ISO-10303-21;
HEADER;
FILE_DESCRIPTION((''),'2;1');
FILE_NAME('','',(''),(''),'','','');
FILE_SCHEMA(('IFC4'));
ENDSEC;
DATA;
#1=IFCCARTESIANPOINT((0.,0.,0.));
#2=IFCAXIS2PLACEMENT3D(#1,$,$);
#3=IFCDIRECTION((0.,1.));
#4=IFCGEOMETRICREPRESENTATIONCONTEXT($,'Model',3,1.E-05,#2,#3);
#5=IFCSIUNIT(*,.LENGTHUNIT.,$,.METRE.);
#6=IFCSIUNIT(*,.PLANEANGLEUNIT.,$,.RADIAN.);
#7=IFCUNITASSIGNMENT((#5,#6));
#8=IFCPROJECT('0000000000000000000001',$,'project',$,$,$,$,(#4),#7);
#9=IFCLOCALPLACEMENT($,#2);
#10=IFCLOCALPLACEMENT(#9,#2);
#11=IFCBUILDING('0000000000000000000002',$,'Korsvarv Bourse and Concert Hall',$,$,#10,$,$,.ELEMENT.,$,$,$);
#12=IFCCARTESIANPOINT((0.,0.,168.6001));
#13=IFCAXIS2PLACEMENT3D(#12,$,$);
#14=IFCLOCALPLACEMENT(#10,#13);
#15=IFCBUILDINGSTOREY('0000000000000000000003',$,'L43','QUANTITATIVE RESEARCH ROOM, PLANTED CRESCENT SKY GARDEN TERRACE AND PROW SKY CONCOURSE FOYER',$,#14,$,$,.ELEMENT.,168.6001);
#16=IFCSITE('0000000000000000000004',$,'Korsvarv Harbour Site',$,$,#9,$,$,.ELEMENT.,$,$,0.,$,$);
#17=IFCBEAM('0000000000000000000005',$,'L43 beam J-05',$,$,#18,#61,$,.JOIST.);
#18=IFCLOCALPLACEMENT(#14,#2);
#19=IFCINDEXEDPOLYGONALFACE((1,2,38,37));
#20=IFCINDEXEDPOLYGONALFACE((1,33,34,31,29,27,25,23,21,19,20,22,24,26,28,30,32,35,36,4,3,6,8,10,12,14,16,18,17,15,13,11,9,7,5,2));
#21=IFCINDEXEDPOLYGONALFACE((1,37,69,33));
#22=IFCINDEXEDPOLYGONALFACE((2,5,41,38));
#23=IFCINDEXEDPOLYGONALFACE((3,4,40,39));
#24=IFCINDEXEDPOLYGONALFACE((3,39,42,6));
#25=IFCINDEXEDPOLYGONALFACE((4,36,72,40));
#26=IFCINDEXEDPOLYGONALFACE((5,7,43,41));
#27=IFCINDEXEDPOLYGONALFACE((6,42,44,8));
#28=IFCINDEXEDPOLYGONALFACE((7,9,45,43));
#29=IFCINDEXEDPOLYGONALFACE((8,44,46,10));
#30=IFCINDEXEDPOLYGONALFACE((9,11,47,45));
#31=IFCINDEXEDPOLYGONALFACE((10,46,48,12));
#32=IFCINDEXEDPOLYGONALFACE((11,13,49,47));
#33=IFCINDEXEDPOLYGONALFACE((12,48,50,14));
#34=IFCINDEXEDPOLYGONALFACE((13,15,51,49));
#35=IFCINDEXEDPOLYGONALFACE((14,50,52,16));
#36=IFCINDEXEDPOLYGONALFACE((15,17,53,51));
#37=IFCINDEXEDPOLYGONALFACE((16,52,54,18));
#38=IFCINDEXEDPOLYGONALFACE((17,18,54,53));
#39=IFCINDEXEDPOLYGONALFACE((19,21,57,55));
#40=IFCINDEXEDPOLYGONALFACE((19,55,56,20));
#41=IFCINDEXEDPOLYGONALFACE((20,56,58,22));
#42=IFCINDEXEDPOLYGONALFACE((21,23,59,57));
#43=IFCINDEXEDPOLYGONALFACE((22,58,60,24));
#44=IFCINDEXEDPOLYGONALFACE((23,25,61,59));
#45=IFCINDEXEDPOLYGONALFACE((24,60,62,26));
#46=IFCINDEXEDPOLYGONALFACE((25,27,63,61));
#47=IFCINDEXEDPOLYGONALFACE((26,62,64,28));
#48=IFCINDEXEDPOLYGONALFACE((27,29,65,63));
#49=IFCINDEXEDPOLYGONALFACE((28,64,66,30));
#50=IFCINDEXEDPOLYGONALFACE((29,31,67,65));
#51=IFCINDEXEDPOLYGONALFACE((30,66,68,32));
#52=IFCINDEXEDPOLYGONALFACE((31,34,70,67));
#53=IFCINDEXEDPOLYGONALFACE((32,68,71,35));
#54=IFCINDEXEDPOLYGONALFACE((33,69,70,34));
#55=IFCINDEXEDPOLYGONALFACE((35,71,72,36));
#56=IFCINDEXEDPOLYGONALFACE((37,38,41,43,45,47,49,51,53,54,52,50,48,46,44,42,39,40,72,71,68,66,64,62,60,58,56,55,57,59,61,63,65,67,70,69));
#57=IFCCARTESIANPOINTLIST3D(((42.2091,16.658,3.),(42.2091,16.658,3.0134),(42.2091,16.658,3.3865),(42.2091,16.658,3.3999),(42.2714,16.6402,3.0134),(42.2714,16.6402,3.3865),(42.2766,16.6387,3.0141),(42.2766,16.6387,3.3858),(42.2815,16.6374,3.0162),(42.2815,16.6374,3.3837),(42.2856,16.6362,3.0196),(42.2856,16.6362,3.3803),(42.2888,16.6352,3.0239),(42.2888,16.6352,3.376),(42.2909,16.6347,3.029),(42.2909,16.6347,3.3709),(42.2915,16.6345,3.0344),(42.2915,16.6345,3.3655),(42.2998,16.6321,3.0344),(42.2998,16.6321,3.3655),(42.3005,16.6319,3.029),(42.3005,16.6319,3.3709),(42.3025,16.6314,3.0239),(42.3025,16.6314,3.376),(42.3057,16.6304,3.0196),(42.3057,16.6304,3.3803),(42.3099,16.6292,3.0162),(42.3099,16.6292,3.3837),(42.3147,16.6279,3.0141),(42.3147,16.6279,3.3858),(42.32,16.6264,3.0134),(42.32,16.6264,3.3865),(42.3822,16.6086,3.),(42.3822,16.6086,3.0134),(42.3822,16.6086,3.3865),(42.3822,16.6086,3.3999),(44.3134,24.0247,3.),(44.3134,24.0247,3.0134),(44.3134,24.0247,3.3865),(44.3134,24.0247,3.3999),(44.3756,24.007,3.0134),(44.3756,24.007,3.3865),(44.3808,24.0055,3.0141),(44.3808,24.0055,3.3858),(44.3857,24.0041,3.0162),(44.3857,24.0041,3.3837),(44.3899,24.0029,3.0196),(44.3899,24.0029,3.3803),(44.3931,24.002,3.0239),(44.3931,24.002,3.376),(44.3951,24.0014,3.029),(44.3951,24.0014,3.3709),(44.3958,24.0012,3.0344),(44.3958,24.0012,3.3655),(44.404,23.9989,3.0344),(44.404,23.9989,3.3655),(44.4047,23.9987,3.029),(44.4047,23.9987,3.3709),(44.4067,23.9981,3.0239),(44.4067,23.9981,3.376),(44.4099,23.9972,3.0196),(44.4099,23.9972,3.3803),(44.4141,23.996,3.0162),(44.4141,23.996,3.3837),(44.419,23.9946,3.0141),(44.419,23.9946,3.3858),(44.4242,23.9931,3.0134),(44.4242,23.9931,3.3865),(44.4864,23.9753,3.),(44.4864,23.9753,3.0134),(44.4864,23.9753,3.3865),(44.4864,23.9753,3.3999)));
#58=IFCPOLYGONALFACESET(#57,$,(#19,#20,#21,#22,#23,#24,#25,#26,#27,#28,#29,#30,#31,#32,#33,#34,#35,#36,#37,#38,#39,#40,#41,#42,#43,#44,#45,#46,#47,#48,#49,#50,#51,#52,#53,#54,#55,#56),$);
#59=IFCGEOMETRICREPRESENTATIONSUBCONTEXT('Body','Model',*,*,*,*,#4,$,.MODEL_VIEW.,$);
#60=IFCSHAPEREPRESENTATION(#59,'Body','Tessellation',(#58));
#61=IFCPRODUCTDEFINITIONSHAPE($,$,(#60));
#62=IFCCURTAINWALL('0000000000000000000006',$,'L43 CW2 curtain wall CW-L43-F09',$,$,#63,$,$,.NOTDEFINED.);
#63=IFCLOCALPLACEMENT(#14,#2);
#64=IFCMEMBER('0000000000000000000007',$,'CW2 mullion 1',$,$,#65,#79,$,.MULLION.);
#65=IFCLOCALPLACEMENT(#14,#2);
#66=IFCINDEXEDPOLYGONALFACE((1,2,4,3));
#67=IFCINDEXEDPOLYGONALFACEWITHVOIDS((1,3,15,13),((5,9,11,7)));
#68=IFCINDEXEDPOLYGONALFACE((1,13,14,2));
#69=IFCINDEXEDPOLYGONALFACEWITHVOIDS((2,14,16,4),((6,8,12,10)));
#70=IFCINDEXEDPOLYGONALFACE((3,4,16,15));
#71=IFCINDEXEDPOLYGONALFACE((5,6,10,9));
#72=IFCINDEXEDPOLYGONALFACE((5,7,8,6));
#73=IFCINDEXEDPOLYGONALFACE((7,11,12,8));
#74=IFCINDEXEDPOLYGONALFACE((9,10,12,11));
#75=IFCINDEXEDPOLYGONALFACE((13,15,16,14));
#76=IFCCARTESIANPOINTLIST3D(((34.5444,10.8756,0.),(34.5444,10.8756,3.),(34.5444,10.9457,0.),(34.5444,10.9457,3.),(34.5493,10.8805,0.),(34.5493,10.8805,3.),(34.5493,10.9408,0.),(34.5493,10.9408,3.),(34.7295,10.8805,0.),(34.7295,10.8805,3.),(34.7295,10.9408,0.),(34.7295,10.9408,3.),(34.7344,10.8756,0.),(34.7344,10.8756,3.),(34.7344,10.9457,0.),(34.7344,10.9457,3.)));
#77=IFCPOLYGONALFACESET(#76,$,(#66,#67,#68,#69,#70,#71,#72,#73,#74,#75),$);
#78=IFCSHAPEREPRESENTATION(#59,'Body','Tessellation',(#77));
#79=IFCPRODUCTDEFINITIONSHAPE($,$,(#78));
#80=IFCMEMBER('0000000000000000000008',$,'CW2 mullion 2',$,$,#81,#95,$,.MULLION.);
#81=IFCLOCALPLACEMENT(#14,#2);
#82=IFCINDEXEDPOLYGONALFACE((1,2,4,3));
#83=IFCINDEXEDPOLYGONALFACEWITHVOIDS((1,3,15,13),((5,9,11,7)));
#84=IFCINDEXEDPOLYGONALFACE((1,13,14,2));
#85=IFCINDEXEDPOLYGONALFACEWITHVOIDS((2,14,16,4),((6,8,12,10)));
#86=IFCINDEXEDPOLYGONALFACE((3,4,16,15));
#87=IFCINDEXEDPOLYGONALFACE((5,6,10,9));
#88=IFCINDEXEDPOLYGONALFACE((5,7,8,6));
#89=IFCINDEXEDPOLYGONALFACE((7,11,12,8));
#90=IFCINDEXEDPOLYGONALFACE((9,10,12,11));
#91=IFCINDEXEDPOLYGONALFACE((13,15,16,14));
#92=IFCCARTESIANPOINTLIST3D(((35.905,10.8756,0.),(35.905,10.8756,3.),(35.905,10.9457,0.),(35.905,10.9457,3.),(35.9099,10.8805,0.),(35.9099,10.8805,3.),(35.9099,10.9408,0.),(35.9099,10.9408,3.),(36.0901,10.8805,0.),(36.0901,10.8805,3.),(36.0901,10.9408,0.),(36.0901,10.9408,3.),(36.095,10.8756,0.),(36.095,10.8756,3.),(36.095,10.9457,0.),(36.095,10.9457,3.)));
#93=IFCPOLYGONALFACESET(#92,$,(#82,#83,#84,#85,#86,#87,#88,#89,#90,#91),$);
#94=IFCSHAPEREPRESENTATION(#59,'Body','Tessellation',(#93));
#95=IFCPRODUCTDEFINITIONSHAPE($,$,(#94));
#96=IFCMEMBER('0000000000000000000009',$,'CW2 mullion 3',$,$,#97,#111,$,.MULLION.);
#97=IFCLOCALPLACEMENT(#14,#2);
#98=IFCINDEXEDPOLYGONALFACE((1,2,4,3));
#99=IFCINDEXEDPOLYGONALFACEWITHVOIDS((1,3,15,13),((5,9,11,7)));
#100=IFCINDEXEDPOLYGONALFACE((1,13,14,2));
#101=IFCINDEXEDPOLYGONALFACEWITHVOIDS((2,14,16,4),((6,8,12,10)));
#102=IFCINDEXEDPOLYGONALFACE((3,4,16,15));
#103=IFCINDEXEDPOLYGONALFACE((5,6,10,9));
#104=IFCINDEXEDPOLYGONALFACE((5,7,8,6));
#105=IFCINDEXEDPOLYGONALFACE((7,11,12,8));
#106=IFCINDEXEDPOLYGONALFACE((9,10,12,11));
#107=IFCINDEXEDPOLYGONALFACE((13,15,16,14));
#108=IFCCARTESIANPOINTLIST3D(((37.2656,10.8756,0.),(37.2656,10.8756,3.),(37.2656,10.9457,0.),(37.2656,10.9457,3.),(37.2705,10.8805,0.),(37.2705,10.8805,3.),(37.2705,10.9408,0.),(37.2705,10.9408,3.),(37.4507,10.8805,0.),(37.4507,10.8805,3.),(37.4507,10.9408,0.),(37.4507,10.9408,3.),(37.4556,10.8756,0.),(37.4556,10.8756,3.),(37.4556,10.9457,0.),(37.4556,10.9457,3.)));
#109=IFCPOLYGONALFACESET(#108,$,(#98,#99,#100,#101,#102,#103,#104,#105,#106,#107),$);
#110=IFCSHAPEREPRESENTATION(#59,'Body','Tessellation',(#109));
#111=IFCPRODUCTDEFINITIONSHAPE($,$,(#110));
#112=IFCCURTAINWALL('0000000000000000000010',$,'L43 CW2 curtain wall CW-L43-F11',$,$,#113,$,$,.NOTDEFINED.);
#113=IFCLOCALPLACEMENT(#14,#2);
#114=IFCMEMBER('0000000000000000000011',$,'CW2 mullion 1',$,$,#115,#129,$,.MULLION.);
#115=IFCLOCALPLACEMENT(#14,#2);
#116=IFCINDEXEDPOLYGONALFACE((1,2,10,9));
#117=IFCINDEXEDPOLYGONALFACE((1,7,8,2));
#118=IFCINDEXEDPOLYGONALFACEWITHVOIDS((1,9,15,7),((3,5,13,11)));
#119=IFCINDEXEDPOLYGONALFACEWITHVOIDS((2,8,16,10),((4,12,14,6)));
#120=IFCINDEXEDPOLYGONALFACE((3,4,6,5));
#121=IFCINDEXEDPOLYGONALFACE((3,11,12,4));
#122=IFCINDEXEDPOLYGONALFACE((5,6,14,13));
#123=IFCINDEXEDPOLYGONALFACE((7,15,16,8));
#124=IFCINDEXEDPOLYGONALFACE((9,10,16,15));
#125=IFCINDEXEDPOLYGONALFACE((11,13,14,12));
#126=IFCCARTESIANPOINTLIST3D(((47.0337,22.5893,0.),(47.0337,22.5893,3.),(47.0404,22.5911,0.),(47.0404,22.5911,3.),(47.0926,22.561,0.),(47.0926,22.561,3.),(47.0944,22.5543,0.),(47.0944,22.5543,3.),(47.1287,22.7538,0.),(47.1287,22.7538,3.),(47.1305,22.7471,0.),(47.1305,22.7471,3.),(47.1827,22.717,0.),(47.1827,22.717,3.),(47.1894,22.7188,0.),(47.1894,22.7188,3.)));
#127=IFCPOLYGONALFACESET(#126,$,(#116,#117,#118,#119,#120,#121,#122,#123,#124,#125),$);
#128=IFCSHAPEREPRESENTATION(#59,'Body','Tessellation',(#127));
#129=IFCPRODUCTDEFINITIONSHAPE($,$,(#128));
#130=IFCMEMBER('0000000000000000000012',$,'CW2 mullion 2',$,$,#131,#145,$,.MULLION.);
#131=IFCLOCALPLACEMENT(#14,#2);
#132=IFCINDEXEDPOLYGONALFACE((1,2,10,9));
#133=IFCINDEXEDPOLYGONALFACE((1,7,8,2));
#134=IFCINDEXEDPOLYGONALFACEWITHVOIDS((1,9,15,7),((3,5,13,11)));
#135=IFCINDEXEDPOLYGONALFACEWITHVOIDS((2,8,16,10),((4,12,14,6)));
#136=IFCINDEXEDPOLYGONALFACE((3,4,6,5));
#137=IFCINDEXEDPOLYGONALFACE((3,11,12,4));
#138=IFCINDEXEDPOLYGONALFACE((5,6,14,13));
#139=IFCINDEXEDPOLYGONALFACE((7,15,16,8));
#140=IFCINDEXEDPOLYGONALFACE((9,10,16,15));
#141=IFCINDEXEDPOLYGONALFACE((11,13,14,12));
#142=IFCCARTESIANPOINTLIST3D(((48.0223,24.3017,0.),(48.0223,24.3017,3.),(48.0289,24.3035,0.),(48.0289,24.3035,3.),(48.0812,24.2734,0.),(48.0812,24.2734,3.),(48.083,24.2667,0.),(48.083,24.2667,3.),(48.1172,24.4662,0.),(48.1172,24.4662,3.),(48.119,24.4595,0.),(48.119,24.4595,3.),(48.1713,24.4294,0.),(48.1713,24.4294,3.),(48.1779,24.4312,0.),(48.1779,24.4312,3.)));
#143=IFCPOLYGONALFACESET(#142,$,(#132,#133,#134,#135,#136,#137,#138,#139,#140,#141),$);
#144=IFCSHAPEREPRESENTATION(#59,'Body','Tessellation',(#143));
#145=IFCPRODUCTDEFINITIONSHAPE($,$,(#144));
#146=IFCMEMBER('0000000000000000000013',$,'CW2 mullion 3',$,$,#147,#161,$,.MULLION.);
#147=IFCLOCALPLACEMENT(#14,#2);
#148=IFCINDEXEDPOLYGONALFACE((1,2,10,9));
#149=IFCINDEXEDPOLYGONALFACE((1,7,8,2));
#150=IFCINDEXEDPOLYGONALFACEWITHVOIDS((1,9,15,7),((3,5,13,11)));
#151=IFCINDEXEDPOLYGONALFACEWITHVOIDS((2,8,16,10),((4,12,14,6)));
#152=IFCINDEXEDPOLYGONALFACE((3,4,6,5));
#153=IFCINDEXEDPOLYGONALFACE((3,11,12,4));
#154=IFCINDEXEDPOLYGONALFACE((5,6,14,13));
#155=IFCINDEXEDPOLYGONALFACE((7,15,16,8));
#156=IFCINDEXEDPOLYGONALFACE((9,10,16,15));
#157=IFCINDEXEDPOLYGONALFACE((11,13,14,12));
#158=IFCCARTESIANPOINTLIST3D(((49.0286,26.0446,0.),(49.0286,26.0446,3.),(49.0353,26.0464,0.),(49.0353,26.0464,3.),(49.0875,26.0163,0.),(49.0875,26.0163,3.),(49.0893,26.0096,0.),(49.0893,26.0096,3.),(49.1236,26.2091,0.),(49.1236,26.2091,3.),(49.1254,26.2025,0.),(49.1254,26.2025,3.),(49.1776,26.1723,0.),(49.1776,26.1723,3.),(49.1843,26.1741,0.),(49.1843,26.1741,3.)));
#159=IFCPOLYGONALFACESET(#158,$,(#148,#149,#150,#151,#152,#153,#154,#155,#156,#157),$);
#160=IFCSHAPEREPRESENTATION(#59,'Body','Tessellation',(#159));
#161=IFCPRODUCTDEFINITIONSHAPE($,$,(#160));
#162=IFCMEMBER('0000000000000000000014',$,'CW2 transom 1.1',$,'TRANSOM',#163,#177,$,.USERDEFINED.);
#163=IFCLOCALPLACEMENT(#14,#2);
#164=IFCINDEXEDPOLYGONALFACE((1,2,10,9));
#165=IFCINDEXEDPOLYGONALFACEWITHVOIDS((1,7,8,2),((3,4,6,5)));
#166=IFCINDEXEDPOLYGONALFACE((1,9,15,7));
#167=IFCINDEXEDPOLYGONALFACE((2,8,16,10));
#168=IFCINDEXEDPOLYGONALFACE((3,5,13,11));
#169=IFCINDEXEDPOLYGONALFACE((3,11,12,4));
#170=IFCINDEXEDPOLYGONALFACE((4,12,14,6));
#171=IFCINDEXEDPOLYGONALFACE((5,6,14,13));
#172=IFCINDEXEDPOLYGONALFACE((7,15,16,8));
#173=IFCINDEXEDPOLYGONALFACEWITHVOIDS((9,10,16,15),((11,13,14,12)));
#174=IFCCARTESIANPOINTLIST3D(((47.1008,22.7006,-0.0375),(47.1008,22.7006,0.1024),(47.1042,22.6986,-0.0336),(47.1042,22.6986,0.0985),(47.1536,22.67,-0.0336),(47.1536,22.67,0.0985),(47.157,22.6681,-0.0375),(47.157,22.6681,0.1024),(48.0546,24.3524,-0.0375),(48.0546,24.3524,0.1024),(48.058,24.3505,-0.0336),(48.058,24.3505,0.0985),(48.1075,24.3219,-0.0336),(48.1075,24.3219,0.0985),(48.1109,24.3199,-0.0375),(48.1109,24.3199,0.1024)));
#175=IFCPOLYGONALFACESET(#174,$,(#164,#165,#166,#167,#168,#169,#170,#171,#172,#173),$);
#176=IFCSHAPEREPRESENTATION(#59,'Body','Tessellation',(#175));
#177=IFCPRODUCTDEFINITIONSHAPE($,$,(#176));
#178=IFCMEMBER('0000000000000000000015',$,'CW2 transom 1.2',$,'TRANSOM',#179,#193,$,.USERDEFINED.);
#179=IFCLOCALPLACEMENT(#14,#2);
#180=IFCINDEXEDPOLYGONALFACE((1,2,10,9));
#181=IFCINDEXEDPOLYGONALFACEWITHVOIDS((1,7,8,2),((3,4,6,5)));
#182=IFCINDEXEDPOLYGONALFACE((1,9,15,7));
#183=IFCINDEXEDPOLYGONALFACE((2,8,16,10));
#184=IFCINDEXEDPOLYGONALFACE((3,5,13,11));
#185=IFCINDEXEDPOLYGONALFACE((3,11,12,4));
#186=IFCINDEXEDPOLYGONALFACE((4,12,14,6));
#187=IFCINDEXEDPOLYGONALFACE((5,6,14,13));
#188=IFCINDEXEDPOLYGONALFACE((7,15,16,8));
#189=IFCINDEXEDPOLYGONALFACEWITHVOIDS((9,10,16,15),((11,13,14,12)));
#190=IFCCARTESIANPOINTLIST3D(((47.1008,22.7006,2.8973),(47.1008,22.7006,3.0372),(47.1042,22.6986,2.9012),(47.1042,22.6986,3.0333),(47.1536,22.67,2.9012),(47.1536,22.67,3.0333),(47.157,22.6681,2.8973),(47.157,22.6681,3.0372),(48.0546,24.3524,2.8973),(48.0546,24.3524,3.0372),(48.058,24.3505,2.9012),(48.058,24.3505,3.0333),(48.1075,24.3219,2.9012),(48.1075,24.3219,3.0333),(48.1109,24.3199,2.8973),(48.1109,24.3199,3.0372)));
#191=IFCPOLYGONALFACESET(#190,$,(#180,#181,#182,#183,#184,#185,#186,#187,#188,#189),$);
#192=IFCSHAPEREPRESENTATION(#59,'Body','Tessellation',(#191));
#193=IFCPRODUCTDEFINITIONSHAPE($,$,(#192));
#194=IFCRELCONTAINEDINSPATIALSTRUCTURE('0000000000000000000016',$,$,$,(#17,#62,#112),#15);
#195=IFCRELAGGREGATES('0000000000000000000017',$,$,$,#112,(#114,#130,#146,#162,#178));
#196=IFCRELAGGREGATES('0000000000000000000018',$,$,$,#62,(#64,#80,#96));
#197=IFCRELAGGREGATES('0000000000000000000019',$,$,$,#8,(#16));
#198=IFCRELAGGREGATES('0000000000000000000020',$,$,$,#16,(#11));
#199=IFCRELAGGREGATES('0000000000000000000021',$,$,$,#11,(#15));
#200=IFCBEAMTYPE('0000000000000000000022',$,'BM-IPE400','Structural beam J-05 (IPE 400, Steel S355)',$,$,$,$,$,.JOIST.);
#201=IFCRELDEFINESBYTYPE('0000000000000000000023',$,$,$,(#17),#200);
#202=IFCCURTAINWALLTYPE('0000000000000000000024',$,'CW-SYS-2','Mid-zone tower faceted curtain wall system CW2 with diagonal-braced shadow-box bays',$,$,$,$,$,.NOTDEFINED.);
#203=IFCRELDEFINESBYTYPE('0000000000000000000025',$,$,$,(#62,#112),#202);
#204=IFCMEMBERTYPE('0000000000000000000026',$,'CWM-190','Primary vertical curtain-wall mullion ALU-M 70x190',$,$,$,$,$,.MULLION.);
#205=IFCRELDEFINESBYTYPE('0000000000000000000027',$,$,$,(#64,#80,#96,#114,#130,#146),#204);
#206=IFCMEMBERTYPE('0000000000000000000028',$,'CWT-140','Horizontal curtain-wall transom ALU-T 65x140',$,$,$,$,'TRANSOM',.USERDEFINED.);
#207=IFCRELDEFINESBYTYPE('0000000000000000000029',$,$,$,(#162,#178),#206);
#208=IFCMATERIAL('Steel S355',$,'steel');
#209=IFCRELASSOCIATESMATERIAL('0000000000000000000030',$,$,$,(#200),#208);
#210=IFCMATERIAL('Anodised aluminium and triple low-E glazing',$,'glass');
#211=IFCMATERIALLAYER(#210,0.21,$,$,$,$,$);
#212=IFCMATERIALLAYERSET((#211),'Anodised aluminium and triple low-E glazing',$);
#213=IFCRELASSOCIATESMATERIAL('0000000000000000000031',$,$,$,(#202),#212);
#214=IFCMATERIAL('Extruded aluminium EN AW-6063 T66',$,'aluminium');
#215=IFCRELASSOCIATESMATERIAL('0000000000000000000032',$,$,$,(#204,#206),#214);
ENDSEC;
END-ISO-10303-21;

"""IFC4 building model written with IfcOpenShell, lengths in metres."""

from ifc_helpers import new_model, si_unit, direction, frame, origin, origin_2d, place, context, subcontext, project, spatial, hollow_rectangle, i_section, extrude, source, transform, mapped, material, layer, layer_set, material_profile, profile_set, type_object, element, aggregate, save


model = new_model("IFC4")

# Units and contexts
model_context = context("Model", 3, precision=1e-05, world=origin(), true_north=direction((0.0, 1.0)))
body_context = subcontext(model_context, "Body", "Model", "MODEL_VIEW")
ifc_project = project(units=[si_unit("LENGTHUNIT", "METRE"), si_unit("PLANEANGLEUNIT", "RADIAN")], contexts=[model_context])

# Site, building, storey
site_placement = place(None, origin())
site = spatial("IfcSite", under=ifc_project, at=site_placement, Name="Korsvarv Harbour Site", CompositionType="ELEMENT", RefElevation=0.0)
building_placement = place(site_placement, origin())
building = spatial("IfcBuilding", under=site, at=building_placement, Name="Korsvarv Bourse and Concert Hall", CompositionType="ELEMENT")
storey_placement = place(building_placement, frame((0.0, 0.0, 168.6001)))
storey = spatial("IfcBuildingStorey", under=building, at=storey_placement, Name="L43", Description="QUANTITATIVE RESEARCH ROOM, PLANTED CRESCENT SKY GARDEN TERRACE AND PROW SKY CONCOURSE FOYER", CompositionType="ELEMENT", Elevation=168.6001)

# Shared definitions
ifc_material_1 = material(Name="Steel S355", Category="steel")

# Beam
ifc_material_profile_1 = material_profile(ifc_material_1, i_section(OverallWidth=0.1799, OverallDepth=0.3999, WebThickness=0.0085, FlangeThickness=0.0134, FilletRadius=0.021, at=origin_2d()), Name="IPE 400")
ifc_profile_set_1 = profile_set([ifc_material_profile_1], Name="Steel S355")
beam_type_1 = type_object("IfcBeamType", Name="BM-IPE400", Description="Structural beam J-05 (IPE 400, Steel S355)", PredefinedType="JOIST", material=ifc_profile_set_1)
shared_shape_1 = source(origin(), body_context, "Body", "SweptSolid", [
    extrude(i_section(OverallWidth=0.1799, OverallDepth=0.3999, WebThickness=0.0085, FlangeThickness=0.0134, FilletRadius=0.021, at=origin_2d()), origin(), (0.0, 0.0, 1.0), 7.6614),
])
beam_1_placement = place(storey_placement, frame((42.2957, 16.6333, 3.2), z_axis=(0.274658, 0.961542, 0.0), x_axis=(-0.961542, 0.274658, 0.0)))
element("IfcBeam", 1, at=beam_1_placement, inside=storey, type_object=beam_type_1, Name="L43 beam J-05", PredefinedType="JOIST", context=body_context, shape_type="MappedRepresentation", body=[
    mapped(shared_shape_1, transform((0.0, 0.0, 0.0), scale=1.0)),
])

# Curtain walls, members
ifc_material_2 = material(Name="Anodised aluminium and triple low-E glazing", Category="glass")
ifc_layer_1 = layer(ifc_material_2, 0.21)
ifc_layer_set_1 = layer_set([ifc_layer_1], Name="Anodised aluminium and triple low-E glazing")
curtain_wall_type = type_object("IfcCurtainWallType", Name="CW-SYS-2", Description="Mid-zone tower faceted curtain wall system CW2 with diagonal-braced shadow-box bays", PredefinedType="NOTDEFINED", material=ifc_layer_set_1)
curtain_wall_1_placement = place(storey_placement, origin())
curtain_wall_1 = element("IfcCurtainWall", 2, at=curtain_wall_1_placement, inside=storey, type_object=curtain_wall_type, Name="L43 CW2 curtain wall CW-L43-F09", PredefinedType="NOTDEFINED")
ifc_material_3 = material(Name="Extruded aluminium EN AW-6063 T66", Category="aluminium")
ifc_material_profile_2 = material_profile(ifc_material_3, hollow_rectangle(XDim=0.0701, YDim=0.1899, WallThickness=0.0049, at=origin_2d()), Name="ALU-M 70x190")
ifc_profile_set_2 = profile_set([ifc_material_profile_2], Name="Extruded aluminium EN AW-6063 T66")
member_type_1 = type_object("IfcMemberType", Name="CWM-190", Description="Primary vertical curtain-wall mullion ALU-M 70x190", PredefinedType="MULLION", material=ifc_profile_set_2)
shared_shape_2 = source(origin(), body_context, "Body", "SweptSolid", [
    extrude(hollow_rectangle(XDim=0.0701, YDim=0.1899, WallThickness=0.0049, at=origin_2d()), origin(), (0.0, 0.0, 1.0), 3.0),
])
member_1_placement = place(storey_placement, frame((34.6394, 10.9106, 0.0), z_axis=(0.0, 0.0, 1.0), x_axis=(0.0, 1.0, 0.0)))
member_1 = element("IfcMember", 3, at=member_1_placement, type_object=member_type_1, Name="CW2 mullion 1", PredefinedType="MULLION", context=body_context, shape_type="MappedRepresentation", body=[
    mapped(shared_shape_2, transform((0.0, 0.0, 0.0), scale=1.0)),
])
member_2_placement = place(storey_placement, frame((36.0, 10.9106, 0.0), z_axis=(0.0, 0.0, 1.0), x_axis=(0.0, 1.0, 0.0)))
member_2 = element("IfcMember", 4, at=member_2_placement, type_object=member_type_1, Name="CW2 mullion 2", PredefinedType="MULLION", context=body_context, shape_type="MappedRepresentation", body=[
    mapped(shared_shape_2, transform((0.0, 0.0, 0.0), scale=1.0)),
])
member_3_placement = place(storey_placement, frame((37.3606, 10.9106, 0.0), z_axis=(0.0, 0.0, 1.0), x_axis=(0.0, 1.0, 0.0)))
member_3 = element("IfcMember", 5, at=member_3_placement, type_object=member_type_1, Name="CW2 mullion 3", PredefinedType="MULLION", context=body_context, shape_type="MappedRepresentation", body=[
    mapped(shared_shape_2, transform((0.0, 0.0, 0.0), scale=1.0)),
])
curtain_wall_2_placement = place(storey_placement, origin())
curtain_wall_2 = element("IfcCurtainWall", 6, at=curtain_wall_2_placement, inside=storey, type_object=curtain_wall_type, Name="L43 CW2 curtain wall CW-L43-F11", PredefinedType="NOTDEFINED")
member_4_placement = place(storey_placement, frame((47.1116, 22.6541, 0.0), z_axis=(0.0, 0.0, 1.0), x_axis=(-0.866023, 0.500005, 0.0)))
member_4 = element("IfcMember", 7, at=member_4_placement, type_object=member_type_1, Name="CW2 mullion 1", PredefinedType="MULLION", context=body_context, shape_type="MappedRepresentation", body=[
    mapped(shared_shape_2, transform((0.0, 0.0, 0.0), scale=1.0)),
])
member_5_placement = place(storey_placement, frame((48.1001, 24.3665, 0.0), z_axis=(0.0, 0.0, 1.0), x_axis=(-0.866023, 0.500005, 0.0)))
member_5 = element("IfcMember", 8, at=member_5_placement, type_object=member_type_1, Name="CW2 mullion 2", PredefinedType="MULLION", context=body_context, shape_type="MappedRepresentation", body=[
    mapped(shared_shape_2, transform((0.0, 0.0, 0.0), scale=1.0)),
])
member_6_placement = place(storey_placement, frame((49.1064, 26.1094, 0.0), z_axis=(0.0, 0.0, 1.0), x_axis=(-0.866023, 0.500005, 0.0)))
member_6 = element("IfcMember", 9, at=member_6_placement, type_object=member_type_1, Name="CW2 mullion 3", PredefinedType="MULLION", context=body_context, shape_type="MappedRepresentation", body=[
    mapped(shared_shape_2, transform((0.0, 0.0, 0.0), scale=1.0)),
])
ifc_material_profile_3 = material_profile(ifc_material_3, hollow_rectangle(XDim=0.0649, YDim=0.1399, WallThickness=0.0039, at=origin_2d()), Name="ALU-T 65x140")
ifc_profile_set_3 = profile_set([ifc_material_profile_3], Name="Extruded aluminium EN AW-6063 T66")
member_type_2 = type_object("IfcMemberType", Name="CWT-140", Description="Horizontal curtain-wall transom ALU-T 65x140", ElementType="TRANSOM", PredefinedType="USERDEFINED", material=ifc_profile_set_3)
shared_shape_3 = source(origin(), body_context, "Body", "SweptSolid", [
    extrude(hollow_rectangle(XDim=0.0649, YDim=0.1399, WallThickness=0.0039, at=origin_2d()), origin(), (0.0, 0.0, 1.0), 1.9075),
])
member_7_placement = place(storey_placement, frame((47.1289, 22.6843, 0.0325), z_axis=(0.500062, 0.865989, 0.0), x_axis=(-0.865989, 0.500062, 0.0)))
member_7 = element("IfcMember", 10, at=member_7_placement, type_object=member_type_2, Name="CW2 transom 1.1", ObjectType="TRANSOM", PredefinedType="USERDEFINED", context=body_context, shape_type="MappedRepresentation", body=[
    mapped(shared_shape_3, transform((0.0, 0.0, 0.0), scale=1.0)),
])
member_8_placement = place(storey_placement, frame((47.1289, 22.6843, 2.9673), z_axis=(0.500062, 0.865989, 0.0), x_axis=(-0.865989, 0.500062, 0.0)))
member_8 = element("IfcMember", 11, at=member_8_placement, type_object=member_type_2, Name="CW2 transom 1.2", ObjectType="TRANSOM", PredefinedType="USERDEFINED", context=body_context, shape_type="MappedRepresentation", body=[
    mapped(shared_shape_3, transform((0.0, 0.0, 0.0), scale=1.0)),
])

aggregate(curtain_wall_2, [member_4, member_5, member_6, member_7, member_8])
aggregate(curtain_wall_1, [member_1, member_2, member_3])

save(model, "model.ifc")
